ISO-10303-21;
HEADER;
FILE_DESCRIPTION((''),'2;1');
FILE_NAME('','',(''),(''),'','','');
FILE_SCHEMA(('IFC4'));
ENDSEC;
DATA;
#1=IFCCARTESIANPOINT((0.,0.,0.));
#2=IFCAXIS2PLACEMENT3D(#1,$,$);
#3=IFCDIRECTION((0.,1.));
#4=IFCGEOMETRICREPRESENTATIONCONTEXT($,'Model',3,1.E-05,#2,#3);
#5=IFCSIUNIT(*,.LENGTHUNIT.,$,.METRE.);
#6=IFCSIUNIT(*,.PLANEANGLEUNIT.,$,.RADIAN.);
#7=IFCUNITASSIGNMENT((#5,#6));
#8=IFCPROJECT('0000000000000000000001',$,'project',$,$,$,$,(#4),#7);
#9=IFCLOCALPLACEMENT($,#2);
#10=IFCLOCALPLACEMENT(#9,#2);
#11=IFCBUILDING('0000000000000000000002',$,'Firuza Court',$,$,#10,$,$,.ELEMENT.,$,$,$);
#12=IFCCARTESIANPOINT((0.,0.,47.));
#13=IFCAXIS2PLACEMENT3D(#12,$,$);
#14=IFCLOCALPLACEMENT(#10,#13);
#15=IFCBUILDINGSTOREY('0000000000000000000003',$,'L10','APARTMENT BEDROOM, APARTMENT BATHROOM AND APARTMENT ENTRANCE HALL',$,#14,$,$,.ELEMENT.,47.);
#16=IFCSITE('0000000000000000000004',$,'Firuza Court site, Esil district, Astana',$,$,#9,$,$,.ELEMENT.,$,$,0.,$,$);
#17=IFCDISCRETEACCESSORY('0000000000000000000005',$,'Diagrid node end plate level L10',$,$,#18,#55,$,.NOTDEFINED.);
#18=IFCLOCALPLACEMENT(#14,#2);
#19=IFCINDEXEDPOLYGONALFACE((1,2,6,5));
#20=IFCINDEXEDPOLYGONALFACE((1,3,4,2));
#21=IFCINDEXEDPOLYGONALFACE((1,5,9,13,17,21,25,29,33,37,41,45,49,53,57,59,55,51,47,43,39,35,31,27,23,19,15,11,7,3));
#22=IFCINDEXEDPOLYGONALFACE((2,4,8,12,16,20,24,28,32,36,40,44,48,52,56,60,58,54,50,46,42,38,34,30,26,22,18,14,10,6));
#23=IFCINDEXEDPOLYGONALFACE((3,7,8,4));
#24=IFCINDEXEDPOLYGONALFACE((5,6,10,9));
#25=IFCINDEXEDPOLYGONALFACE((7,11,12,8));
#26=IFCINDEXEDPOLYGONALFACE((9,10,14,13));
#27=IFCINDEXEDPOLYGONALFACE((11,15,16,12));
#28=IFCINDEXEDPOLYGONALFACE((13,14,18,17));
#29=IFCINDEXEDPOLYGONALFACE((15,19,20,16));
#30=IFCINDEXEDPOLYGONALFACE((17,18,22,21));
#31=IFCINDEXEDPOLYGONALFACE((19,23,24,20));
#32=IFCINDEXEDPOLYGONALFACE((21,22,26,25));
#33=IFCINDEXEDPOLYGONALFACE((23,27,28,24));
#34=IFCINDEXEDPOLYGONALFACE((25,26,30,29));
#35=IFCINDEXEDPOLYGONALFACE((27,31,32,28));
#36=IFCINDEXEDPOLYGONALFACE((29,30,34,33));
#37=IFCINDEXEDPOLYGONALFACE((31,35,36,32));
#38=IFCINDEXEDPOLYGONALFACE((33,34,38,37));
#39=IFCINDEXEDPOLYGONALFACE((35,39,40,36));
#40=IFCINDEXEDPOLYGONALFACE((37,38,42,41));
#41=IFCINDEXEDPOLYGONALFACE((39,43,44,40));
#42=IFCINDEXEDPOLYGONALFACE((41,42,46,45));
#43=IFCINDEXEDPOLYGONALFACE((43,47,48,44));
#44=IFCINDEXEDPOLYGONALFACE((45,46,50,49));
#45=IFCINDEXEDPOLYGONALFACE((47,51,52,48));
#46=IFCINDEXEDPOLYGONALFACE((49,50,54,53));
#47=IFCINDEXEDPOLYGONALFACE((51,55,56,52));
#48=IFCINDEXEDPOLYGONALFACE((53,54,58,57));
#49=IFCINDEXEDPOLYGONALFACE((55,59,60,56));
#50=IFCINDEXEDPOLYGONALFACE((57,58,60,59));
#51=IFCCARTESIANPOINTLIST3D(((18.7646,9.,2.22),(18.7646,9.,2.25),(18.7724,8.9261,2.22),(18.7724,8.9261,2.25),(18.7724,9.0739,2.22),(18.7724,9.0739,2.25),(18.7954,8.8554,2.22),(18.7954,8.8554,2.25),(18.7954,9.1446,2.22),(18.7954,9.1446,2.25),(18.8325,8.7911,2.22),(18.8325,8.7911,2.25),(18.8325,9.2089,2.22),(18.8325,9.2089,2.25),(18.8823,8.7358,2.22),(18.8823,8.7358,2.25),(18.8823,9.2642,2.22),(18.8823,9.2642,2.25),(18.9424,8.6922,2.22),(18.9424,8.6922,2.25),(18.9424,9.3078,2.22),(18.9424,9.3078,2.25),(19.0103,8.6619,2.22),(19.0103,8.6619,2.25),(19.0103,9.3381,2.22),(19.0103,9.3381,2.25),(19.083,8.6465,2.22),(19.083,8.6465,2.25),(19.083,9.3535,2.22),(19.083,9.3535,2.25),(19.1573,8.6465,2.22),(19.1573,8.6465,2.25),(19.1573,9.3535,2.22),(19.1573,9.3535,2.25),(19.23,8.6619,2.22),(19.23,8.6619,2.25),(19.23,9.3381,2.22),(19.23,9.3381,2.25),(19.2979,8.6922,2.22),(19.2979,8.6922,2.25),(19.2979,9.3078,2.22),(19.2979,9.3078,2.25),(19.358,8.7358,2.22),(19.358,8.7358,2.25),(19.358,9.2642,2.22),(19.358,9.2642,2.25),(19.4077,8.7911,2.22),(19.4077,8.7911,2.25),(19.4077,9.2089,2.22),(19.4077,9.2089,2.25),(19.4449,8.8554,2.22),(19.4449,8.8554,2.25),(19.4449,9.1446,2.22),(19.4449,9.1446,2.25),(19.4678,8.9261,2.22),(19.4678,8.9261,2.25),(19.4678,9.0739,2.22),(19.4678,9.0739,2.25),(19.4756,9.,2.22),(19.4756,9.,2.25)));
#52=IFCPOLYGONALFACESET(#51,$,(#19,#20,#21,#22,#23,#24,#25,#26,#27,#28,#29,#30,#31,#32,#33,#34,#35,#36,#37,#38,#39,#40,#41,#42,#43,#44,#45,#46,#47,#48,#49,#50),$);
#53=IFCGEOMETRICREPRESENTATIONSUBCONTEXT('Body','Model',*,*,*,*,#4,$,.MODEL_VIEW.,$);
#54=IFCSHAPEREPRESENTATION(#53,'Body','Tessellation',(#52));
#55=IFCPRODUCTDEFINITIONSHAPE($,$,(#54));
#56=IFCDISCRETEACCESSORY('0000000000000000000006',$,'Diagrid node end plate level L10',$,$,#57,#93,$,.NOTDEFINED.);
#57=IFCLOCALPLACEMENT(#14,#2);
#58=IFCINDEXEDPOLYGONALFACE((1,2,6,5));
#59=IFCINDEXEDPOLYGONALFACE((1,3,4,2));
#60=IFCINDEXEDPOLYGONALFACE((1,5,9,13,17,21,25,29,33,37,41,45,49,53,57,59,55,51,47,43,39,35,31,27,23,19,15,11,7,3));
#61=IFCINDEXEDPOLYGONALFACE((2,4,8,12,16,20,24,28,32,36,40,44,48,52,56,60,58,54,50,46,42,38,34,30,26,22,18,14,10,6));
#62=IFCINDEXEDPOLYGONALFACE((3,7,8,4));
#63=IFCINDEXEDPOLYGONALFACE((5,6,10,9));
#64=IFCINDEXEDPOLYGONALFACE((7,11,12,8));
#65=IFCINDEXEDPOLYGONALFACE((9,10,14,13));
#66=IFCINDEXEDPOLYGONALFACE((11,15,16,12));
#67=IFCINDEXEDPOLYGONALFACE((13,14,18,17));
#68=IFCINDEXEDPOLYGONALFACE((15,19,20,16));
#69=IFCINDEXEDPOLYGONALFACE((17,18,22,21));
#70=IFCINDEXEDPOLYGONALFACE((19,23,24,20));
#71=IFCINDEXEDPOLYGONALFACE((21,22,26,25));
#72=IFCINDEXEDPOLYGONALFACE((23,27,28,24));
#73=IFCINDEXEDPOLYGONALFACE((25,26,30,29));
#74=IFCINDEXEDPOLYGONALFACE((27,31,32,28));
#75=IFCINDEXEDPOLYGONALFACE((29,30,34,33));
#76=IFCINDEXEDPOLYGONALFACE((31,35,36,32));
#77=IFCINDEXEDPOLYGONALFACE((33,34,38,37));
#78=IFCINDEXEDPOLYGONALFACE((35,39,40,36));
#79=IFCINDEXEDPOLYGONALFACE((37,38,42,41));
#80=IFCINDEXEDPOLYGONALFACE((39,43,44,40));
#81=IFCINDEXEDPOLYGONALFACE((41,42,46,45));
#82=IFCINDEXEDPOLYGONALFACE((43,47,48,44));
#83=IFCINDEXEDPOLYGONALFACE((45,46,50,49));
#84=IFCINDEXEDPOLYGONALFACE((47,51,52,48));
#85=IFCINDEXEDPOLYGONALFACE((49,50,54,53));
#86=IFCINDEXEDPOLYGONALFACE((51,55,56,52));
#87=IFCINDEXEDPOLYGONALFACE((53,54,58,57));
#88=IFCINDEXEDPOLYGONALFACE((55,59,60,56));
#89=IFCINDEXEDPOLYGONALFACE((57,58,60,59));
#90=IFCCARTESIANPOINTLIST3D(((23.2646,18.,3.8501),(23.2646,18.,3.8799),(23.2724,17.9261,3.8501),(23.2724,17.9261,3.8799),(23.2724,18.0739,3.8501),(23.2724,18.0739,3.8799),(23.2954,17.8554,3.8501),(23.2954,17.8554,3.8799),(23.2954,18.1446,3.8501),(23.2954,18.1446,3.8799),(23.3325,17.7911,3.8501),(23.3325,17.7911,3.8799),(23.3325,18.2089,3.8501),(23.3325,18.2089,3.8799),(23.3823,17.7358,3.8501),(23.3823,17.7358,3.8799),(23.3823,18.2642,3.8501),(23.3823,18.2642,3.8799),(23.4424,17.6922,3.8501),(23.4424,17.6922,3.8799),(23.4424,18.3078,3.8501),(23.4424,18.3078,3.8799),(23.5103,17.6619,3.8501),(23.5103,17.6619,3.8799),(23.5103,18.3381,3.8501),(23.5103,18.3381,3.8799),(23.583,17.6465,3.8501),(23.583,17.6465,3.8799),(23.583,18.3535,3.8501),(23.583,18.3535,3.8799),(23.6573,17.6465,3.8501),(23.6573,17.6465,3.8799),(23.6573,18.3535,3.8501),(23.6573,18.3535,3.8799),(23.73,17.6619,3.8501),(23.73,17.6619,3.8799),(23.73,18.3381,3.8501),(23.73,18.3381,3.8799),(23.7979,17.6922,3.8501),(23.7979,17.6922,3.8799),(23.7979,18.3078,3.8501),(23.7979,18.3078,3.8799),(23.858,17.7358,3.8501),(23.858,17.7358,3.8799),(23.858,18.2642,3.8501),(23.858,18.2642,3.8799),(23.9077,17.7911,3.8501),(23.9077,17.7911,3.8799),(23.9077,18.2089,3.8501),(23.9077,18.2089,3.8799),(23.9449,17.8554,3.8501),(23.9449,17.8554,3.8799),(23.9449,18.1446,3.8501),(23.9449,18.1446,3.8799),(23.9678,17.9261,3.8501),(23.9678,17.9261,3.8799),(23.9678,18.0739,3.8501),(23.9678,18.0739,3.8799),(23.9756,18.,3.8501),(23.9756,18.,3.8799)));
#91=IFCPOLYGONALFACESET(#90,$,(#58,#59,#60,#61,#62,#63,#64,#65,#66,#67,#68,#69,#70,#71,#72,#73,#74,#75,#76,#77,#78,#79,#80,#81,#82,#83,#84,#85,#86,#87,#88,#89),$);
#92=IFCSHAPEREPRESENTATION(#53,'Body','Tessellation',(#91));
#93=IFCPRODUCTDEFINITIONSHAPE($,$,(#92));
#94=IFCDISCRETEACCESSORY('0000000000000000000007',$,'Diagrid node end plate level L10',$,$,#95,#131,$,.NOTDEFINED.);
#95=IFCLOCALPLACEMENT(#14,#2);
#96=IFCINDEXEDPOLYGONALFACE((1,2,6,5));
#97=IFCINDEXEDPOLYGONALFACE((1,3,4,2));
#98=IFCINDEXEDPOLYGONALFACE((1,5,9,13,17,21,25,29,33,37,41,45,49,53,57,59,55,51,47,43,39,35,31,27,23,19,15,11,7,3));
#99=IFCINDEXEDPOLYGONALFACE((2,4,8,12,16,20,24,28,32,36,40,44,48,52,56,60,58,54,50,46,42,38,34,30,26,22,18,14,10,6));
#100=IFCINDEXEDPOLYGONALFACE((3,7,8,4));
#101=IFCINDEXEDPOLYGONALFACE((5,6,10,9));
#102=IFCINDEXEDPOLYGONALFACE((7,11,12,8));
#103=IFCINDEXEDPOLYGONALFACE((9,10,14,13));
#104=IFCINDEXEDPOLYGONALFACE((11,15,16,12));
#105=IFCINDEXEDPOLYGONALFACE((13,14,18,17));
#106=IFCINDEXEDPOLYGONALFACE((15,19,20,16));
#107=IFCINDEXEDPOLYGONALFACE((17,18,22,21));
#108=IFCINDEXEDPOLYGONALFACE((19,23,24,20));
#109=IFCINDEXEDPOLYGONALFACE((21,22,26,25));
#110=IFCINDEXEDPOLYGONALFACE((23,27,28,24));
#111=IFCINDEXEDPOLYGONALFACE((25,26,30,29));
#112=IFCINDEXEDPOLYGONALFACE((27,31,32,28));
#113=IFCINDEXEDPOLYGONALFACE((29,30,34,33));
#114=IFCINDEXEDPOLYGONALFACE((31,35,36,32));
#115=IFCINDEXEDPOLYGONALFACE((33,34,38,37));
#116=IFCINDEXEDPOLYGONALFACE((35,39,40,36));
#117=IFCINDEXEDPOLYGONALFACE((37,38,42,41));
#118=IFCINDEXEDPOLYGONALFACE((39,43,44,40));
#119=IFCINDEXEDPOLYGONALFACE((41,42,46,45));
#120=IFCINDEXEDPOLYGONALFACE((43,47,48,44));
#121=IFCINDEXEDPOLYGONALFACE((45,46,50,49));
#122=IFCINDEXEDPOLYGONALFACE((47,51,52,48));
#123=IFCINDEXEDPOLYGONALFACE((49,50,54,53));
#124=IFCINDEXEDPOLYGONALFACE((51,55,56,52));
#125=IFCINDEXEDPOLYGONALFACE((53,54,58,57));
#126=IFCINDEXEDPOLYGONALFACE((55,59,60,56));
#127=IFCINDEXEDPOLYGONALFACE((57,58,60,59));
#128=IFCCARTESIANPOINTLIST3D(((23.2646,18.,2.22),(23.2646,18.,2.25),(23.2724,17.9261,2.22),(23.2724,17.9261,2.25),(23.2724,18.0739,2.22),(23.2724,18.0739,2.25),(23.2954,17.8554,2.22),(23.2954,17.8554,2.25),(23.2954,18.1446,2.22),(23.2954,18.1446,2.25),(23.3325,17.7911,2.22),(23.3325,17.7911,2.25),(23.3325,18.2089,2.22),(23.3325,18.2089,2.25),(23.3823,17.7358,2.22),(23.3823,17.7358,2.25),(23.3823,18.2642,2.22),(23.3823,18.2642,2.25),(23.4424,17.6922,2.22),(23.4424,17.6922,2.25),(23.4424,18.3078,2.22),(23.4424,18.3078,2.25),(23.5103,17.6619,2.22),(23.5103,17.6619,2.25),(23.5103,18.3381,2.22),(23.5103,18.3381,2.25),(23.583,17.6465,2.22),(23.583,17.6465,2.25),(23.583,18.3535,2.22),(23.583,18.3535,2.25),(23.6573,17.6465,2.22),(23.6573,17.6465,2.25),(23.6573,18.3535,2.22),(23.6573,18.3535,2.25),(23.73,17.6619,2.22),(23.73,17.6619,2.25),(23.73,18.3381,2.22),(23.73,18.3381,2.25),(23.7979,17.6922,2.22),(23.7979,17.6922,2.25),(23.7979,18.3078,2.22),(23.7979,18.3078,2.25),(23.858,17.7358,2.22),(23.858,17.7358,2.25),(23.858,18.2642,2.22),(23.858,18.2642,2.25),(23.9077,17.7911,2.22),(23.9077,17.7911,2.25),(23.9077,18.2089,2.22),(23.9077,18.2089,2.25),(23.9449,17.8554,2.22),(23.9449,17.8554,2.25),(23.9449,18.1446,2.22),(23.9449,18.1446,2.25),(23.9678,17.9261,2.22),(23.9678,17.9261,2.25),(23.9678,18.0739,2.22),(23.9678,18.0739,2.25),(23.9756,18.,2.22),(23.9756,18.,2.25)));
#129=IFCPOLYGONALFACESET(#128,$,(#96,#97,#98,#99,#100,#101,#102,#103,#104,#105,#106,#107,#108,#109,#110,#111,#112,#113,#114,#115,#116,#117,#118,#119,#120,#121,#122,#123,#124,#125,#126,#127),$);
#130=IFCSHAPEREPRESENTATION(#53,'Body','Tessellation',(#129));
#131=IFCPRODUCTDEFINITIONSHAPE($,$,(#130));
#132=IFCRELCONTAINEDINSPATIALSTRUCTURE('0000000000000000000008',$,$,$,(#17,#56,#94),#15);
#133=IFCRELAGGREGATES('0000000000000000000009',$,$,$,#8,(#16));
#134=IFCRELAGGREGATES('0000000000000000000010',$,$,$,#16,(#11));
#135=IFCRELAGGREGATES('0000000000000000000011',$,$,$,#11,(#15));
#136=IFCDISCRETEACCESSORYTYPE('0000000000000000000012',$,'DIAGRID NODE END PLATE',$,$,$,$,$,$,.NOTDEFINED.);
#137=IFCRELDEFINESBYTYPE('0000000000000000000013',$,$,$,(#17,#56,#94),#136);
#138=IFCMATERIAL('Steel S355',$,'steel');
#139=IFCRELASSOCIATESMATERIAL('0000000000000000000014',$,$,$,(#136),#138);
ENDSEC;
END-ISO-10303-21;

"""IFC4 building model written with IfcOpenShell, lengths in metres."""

from ifc_helpers import new_model, si_unit, direction, frame, origin, origin_2d, place, context, subcontext, project, spatial, circle, extrude, material, material_profile, profile_set, type_object, element, save


model = new_model("IFC4")

# Units and contexts
model_context = context("Model", 3, precision=1e-05, world=origin(), true_north=direction((0.0, 1.0)))
body_context = subcontext(model_context, "Body", "Model", "MODEL_VIEW")
ifc_project = project(units=[si_unit("LENGTHUNIT", "METRE"), si_unit("PLANEANGLEUNIT", "RADIAN")], contexts=[model_context])

# Site, building, storey
site_placement = place(None, origin())
site = spatial("IfcSite", under=ifc_project, at=site_placement, Name="Firuza Court site, Esil district, Astana", CompositionType="ELEMENT", RefElevation=0.0)
building_placement = place(site_placement, origin())
building = spatial("IfcBuilding", under=site, at=building_placement, Name="Firuza Court", CompositionType="ELEMENT")
storey_placement = place(building_placement, frame((0.0, 0.0, 47.0)))
storey = spatial("IfcBuildingStorey", under=building, at=storey_placement, Name="L10", Description="APARTMENT BEDROOM, APARTMENT BATHROOM AND APARTMENT ENTRANCE HALL", CompositionType="ELEMENT", Elevation=47.0)

# Discrete accessories
ifc_material_1 = material(Name="Steel S355", Category="steel")
ifc_material_profile_1 = material_profile(ifc_material_1, circle(Radius=0.3555, at=origin_2d()), Name="PL D711")
ifc_profile_set_1 = profile_set([ifc_material_profile_1], Name="Steel S355")
discrete_accessory_type = type_object("IfcDiscreteAccessoryType", Name="DIAGRID NODE END PLATE", PredefinedType="NOTDEFINED", material=ifc_profile_set_1)
discrete_accessory_1_placement = place(storey_placement, frame((19.1201, 9.0, 2.22), z_axis=(0.0, 0.0, 1.0), x_axis=(1.0, 0.0, 0.0)))
element("IfcDiscreteAccessory", 1, at=discrete_accessory_1_placement, inside=storey, type_object=discrete_accessory_type, Name="Diagrid node end plate level L10", PredefinedType="NOTDEFINED", context=body_context, shape_type="SweptSolid", body=[
    extrude(circle(Radius=0.3555, at=origin_2d()), origin(), (0.0, 0.0, 1.0), 0.03),
])
discrete_accessory_2_placement = place(storey_placement, frame((23.6201, 18.0, 3.8501), z_axis=(0.0, 0.0, 1.0), x_axis=(1.0, 0.0, 0.0)))
element("IfcDiscreteAccessory", 2, at=discrete_accessory_2_placement, inside=storey, type_object=discrete_accessory_type, Name="Diagrid node end plate level L10", PredefinedType="NOTDEFINED", context=body_context, shape_type="SweptSolid", body=[
    extrude(circle(Radius=0.3555, at=origin_2d()), origin(), (0.0, 0.0, 1.0), 0.0298),
])
discrete_accessory_3_placement = place(storey_placement, frame((23.6201, 18.0, 2.22), z_axis=(0.0, 0.0, 1.0), x_axis=(1.0, 0.0, 0.0)))
element("IfcDiscreteAccessory", 3, at=discrete_accessory_3_placement, inside=storey, type_object=discrete_accessory_type, Name="Diagrid node end plate level L10", PredefinedType="NOTDEFINED", context=body_context, shape_type="SweptSolid", body=[
    extrude(circle(Radius=0.3555, at=origin_2d()), origin(), (0.0, 0.0, 1.0), 0.03),
])

save(model, "model.ifc")
